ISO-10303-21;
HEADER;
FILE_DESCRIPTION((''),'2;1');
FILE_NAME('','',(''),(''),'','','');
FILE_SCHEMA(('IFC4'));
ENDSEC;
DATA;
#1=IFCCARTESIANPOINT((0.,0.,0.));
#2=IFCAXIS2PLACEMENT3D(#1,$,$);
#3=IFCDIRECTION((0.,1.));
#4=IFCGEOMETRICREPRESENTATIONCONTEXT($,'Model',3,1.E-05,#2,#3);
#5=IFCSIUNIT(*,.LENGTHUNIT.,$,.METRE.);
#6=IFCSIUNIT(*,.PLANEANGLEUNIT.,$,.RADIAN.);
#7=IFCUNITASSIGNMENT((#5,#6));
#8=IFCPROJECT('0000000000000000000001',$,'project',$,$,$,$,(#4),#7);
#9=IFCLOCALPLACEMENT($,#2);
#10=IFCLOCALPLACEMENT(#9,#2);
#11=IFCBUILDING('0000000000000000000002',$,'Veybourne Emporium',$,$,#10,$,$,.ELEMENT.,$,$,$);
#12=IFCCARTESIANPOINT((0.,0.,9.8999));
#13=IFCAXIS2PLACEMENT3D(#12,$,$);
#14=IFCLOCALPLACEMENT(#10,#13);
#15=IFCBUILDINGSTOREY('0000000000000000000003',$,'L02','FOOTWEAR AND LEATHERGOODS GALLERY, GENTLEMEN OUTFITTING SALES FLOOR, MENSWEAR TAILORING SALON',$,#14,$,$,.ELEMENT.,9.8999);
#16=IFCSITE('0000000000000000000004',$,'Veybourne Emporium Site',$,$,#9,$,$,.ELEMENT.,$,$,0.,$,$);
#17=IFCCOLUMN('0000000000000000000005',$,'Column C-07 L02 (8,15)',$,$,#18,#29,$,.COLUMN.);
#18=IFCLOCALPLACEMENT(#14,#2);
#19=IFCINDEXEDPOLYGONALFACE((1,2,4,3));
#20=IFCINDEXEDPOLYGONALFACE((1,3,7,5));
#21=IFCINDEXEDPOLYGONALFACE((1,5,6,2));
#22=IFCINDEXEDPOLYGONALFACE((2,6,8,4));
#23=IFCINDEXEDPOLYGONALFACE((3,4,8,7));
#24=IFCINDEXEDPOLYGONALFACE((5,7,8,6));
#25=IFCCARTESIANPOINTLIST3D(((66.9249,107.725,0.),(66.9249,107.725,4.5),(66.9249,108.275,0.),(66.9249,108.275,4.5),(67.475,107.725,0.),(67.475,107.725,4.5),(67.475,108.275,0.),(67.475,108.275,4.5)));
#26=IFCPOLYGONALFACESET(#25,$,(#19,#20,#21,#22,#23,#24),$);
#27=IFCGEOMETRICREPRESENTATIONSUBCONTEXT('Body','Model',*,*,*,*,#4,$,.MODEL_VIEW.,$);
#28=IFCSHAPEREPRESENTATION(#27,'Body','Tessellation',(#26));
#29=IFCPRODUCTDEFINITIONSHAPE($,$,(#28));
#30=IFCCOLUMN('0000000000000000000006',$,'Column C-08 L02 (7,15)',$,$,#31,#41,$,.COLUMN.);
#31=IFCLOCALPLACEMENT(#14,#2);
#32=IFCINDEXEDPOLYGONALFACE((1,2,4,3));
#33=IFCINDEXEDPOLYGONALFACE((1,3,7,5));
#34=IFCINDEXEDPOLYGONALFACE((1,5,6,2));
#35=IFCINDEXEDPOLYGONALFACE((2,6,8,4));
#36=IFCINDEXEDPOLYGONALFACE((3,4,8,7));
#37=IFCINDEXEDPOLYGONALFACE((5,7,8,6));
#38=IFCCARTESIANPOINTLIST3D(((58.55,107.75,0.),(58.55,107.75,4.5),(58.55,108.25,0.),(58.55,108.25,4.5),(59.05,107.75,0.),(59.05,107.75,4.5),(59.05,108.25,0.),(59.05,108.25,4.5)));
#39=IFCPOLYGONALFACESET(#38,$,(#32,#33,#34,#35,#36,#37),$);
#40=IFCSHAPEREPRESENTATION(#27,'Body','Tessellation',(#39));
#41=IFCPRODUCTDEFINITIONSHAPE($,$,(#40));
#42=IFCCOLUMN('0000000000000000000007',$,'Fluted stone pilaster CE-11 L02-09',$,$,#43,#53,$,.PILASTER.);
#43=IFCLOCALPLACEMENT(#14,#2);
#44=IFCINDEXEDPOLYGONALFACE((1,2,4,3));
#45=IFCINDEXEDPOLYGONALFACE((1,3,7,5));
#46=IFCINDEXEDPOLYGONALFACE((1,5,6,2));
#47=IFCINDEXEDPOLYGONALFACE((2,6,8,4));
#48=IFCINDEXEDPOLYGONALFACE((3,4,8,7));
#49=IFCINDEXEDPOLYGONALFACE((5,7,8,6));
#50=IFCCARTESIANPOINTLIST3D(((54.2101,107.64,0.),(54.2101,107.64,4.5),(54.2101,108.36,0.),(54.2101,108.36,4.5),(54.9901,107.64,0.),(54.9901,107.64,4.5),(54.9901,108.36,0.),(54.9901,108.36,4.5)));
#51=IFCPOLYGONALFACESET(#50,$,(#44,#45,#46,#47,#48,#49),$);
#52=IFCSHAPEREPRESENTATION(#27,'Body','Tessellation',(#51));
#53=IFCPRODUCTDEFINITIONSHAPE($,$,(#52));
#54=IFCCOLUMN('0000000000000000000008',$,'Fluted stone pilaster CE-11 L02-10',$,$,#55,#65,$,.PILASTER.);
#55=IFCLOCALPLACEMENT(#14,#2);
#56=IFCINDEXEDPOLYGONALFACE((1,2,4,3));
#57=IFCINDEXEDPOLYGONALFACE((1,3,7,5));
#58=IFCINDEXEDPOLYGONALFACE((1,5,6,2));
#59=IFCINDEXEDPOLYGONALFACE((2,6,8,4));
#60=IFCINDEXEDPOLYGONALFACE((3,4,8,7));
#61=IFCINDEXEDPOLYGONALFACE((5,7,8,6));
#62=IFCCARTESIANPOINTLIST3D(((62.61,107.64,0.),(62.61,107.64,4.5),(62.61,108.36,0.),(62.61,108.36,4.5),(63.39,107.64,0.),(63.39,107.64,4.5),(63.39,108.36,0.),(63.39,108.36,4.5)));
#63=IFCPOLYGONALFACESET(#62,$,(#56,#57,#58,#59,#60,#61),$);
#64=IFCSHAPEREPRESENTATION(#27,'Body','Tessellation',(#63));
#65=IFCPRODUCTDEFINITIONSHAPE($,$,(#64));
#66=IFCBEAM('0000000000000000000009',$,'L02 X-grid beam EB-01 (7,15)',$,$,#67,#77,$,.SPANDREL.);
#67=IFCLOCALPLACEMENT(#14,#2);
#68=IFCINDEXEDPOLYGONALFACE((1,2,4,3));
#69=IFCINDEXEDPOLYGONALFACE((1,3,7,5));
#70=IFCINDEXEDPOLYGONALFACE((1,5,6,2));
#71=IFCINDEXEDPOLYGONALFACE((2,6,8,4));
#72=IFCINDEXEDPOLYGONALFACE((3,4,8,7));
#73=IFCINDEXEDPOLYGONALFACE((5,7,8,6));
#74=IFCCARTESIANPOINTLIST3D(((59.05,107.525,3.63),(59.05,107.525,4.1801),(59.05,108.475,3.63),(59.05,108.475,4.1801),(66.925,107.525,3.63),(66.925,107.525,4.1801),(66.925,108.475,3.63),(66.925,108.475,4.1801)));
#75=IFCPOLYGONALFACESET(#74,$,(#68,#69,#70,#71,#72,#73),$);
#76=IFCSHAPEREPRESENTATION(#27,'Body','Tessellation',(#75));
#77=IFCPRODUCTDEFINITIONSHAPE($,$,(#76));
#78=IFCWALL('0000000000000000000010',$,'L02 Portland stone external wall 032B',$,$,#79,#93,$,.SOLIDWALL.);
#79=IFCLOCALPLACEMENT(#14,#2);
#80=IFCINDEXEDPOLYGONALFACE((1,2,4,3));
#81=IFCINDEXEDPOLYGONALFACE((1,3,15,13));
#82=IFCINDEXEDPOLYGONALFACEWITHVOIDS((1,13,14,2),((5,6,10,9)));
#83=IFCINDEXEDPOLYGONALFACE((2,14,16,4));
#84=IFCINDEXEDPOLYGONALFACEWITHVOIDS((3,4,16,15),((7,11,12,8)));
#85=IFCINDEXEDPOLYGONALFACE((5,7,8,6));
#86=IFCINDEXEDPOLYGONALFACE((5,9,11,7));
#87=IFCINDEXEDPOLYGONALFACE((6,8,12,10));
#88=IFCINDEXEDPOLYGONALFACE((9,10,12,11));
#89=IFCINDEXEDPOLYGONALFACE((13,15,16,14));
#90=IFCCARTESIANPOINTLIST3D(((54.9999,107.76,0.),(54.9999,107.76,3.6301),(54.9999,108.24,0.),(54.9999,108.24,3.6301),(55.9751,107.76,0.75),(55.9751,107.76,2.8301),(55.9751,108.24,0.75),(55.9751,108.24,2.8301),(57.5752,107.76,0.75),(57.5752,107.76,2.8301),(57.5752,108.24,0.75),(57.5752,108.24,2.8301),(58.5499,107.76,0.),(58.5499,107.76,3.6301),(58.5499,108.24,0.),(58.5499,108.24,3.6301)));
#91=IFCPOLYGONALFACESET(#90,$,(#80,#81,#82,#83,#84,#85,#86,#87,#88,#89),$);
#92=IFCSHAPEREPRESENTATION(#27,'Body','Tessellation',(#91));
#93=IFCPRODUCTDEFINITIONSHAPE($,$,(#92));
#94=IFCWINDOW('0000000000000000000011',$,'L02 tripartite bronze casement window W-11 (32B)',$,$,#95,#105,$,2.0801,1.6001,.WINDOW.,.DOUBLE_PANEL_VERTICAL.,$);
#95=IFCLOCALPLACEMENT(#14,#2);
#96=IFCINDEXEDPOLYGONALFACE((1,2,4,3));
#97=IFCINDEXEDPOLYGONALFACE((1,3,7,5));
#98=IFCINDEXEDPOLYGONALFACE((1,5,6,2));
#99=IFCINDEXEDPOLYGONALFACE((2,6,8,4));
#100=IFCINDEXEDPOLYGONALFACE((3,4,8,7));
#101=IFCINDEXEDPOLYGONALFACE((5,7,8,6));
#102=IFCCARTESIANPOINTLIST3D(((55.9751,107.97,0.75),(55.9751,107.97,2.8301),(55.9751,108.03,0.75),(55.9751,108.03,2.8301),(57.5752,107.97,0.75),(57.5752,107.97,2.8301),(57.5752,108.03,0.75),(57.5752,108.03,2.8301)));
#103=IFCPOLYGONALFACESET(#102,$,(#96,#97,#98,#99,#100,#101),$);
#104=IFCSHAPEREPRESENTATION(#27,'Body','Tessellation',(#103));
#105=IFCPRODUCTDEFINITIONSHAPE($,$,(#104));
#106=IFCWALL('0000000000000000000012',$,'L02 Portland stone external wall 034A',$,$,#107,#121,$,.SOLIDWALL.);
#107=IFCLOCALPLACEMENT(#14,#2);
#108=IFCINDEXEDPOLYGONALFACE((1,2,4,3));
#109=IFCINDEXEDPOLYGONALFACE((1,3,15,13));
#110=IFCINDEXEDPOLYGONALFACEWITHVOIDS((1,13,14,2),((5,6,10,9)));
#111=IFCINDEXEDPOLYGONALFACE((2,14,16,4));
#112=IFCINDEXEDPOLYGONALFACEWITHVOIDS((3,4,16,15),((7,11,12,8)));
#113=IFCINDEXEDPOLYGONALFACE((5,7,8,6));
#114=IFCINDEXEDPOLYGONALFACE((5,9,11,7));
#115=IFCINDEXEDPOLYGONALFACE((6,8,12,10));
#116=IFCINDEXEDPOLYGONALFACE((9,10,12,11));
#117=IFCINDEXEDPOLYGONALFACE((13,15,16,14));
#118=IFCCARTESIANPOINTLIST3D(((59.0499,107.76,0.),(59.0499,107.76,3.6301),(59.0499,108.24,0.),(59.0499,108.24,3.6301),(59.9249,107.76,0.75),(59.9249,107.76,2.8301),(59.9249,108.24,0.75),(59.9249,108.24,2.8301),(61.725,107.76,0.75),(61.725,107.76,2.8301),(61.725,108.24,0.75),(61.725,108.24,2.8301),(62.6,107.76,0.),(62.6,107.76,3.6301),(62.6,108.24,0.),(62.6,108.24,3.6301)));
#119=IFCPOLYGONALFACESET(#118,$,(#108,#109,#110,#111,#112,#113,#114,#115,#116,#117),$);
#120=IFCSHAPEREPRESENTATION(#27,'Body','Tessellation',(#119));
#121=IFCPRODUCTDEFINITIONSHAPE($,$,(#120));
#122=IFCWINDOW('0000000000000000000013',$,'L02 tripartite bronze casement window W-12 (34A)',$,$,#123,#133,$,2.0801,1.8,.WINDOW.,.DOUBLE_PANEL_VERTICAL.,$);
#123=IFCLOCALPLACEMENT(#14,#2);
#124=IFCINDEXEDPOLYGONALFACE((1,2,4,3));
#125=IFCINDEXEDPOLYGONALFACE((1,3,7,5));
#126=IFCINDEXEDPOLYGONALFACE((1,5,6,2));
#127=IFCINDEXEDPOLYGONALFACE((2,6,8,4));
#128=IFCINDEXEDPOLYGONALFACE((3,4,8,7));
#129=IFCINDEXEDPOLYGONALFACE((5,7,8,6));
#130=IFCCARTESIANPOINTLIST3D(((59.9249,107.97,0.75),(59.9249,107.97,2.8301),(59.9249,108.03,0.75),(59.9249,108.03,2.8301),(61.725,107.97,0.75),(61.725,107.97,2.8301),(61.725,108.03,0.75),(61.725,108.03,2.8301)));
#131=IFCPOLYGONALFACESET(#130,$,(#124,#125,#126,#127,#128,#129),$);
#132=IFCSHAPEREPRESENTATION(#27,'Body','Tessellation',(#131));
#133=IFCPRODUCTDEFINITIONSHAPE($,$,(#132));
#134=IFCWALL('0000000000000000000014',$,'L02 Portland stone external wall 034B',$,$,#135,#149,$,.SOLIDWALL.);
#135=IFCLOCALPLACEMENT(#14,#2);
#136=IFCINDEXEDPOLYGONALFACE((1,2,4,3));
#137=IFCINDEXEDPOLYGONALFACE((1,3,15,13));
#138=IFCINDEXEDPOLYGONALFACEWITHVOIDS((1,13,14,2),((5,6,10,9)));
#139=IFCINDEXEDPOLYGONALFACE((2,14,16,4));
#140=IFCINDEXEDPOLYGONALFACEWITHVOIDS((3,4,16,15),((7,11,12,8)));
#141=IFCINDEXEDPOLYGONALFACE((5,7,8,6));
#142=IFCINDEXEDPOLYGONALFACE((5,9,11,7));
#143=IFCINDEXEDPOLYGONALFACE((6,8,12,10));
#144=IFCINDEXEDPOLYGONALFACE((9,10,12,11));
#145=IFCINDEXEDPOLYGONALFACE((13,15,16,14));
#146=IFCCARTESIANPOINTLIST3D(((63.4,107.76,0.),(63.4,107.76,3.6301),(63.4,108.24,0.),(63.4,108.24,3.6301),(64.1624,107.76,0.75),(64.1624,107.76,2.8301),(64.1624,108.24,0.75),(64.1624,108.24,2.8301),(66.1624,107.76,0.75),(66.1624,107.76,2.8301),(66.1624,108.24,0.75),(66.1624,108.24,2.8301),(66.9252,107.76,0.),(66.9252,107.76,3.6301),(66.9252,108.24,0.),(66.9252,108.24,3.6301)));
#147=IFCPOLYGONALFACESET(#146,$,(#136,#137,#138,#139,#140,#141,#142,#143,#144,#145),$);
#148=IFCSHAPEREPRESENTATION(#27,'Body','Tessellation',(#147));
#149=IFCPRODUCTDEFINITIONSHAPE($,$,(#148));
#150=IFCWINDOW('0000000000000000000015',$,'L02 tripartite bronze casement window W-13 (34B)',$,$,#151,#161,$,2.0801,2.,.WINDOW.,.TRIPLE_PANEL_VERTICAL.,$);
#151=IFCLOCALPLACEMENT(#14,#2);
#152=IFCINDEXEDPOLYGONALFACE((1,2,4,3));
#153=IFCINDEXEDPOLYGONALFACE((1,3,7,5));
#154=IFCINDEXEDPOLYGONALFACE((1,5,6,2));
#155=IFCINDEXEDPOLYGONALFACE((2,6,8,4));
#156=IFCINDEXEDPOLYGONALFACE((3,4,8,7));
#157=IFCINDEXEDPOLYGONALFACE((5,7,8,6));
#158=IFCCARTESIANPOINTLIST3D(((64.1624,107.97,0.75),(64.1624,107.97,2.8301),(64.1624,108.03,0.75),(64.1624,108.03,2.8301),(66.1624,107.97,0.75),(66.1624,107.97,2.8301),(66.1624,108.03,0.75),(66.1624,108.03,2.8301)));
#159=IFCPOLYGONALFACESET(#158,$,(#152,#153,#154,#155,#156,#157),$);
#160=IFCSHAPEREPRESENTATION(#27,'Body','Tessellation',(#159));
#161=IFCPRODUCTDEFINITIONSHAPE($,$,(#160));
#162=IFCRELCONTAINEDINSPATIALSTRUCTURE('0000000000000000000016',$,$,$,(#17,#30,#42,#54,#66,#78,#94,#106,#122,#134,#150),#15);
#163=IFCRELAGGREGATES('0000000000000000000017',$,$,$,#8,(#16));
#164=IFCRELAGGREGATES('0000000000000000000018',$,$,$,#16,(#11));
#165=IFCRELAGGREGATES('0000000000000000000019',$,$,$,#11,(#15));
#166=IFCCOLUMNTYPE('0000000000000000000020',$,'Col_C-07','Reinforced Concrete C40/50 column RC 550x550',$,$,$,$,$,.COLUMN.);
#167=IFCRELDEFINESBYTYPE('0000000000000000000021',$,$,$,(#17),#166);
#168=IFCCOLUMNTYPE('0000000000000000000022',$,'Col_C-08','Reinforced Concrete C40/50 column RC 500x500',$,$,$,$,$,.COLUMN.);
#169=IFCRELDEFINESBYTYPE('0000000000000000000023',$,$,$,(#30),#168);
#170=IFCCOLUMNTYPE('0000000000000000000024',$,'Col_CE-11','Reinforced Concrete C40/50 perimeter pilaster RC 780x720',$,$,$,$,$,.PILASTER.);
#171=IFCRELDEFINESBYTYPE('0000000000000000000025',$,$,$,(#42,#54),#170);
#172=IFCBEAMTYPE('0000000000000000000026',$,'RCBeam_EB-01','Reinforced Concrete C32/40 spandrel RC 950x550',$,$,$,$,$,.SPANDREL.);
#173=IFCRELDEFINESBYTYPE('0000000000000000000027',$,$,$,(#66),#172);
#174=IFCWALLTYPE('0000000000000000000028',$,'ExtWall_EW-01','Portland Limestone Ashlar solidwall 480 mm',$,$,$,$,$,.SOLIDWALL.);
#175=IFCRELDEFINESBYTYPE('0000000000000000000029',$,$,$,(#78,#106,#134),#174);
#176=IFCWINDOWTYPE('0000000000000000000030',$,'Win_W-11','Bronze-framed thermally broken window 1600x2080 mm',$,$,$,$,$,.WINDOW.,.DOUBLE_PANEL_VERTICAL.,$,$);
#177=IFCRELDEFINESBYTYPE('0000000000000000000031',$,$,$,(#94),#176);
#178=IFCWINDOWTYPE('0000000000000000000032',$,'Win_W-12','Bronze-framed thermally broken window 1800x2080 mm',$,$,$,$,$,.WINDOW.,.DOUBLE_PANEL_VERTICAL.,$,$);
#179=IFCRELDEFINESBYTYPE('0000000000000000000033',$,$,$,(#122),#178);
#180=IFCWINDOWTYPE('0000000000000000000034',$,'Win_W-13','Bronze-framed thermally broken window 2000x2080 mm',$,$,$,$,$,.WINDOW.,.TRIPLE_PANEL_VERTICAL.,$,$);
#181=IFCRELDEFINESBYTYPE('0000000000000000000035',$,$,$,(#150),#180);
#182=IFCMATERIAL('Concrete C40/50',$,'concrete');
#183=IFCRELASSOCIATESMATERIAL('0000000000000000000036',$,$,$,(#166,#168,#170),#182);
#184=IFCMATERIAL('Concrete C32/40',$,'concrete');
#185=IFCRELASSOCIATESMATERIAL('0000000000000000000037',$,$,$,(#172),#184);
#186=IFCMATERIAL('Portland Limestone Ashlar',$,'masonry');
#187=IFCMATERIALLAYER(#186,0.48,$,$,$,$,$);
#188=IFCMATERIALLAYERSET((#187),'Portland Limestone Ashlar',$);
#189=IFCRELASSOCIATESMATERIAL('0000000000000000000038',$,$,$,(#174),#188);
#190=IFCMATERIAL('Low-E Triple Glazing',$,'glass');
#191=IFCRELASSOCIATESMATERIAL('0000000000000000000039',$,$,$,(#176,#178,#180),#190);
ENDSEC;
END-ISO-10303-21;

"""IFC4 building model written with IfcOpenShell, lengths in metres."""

from ifc_helpers import new_model, si_unit, direction, frame, frame_2d, origin, origin_2d, place, context, subcontext, project, spatial, rectangle, extrude, material, layer, layer_set, material_profile, profile_set, type_object, element, fill, save


model = new_model("IFC4")

# Units and contexts
model_context = context("Model", 3, precision=1e-05, world=origin(), true_north=direction((0.0, 1.0)))
body_context = subcontext(model_context, "Body", "Model", "MODEL_VIEW")
ifc_project = project(units=[si_unit("LENGTHUNIT", "METRE"), si_unit("PLANEANGLEUNIT", "RADIAN")], contexts=[model_context])

# Site, building, storey
site_placement = place(None, origin())
site = spatial("IfcSite", under=ifc_project, at=site_placement, Name="Veybourne Emporium Site", CompositionType="ELEMENT", RefElevation=0.0)
building_placement = place(site_placement, origin())
building = spatial("IfcBuilding", under=site, at=building_placement, Name="Veybourne Emporium", CompositionType="ELEMENT")
storey_placement = place(building_placement, frame((0.0, 0.0, 9.8999)))
storey = spatial("IfcBuildingStorey", under=building, at=storey_placement, Name="L02", Description="FOOTWEAR AND LEATHERGOODS GALLERY, GENTLEMEN OUTFITTING SALES FLOOR, MENSWEAR TAILORING SALON", CompositionType="ELEMENT", Elevation=9.8999)

# Columns
ifc_material_1 = material(Name="Concrete C40/50", Category="concrete")
ifc_material_profile_1 = material_profile(ifc_material_1, rectangle(XDim=0.55, YDim=0.55, at=origin_2d()), Name="RC 550x550")
ifc_profile_set_1 = profile_set([ifc_material_profile_1], Name="Concrete C40/50")
column_type_1 = type_object("IfcColumnType", Name="Col_C-07", Description="Reinforced Concrete C40/50 column RC 550x550", PredefinedType="COLUMN", material=ifc_profile_set_1)
column_1_placement = place(storey_placement, frame((67.2, 108.0, 0.0), z_axis=(0.0, 0.0, 1.0), x_axis=(1.0, 0.0, 0.0)))
element("IfcColumn", 1, at=column_1_placement, inside=storey, type_object=column_type_1, Name="Column C-07 L02 (8,15)", PredefinedType="COLUMN", context=body_context, shape_type="SweptSolid", body=[
    extrude(rectangle(XDim=0.55, YDim=0.55, at=origin_2d()), origin(), (0.0, 0.0, 1.0), 4.5),
])
ifc_material_profile_2 = material_profile(ifc_material_1, rectangle(XDim=0.5, YDim=0.5, at=origin_2d()), Name="RC 500x500")
ifc_profile_set_2 = profile_set([ifc_material_profile_2], Name="Concrete C40/50")
column_type_2 = type_object("IfcColumnType", Name="Col_C-08", Description="Reinforced Concrete C40/50 column RC 500x500", PredefinedType="COLUMN", material=ifc_profile_set_2)
column_2_placement = place(storey_placement, frame((58.8, 108.0, 0.0), z_axis=(0.0, 0.0, 1.0), x_axis=(1.0, 0.0, 0.0)))
element("IfcColumn", 2, at=column_2_placement, inside=storey, type_object=column_type_2, Name="Column C-08 L02 (7,15)", PredefinedType="COLUMN", context=body_context, shape_type="SweptSolid", body=[
    extrude(rectangle(XDim=0.5, YDim=0.5, at=origin_2d()), origin(), (0.0, 0.0, 1.0), 4.5),
])
ifc_material_profile_3 = material_profile(ifc_material_1, rectangle(XDim=0.78, YDim=0.72, at=origin_2d()), Name="RC 780x720")
ifc_profile_set_3 = profile_set([ifc_material_profile_3], Name="Concrete C40/50")
column_type_3 = type_object("IfcColumnType", Name="Col_CE-11", Description="Reinforced Concrete C40/50 perimeter pilaster RC 780x720", PredefinedType="PILASTER", material=ifc_profile_set_3)
for number, where, z_axis, x_axis, name in (
    (3, (54.6001, 108.0, 0.0), (0.0, 0.0, 1.0), (1.0, 0.0, 0.0), "Fluted stone pilaster CE-11 L02-09"),
    (4, (63.0, 108.0, 0.0), (0.0, 0.0, 1.0), (1.0, 0.0, 0.0), "Fluted stone pilaster CE-11 L02-10"),
):
    element("IfcColumn", number, at=place(storey_placement, frame(where, z_axis=z_axis, x_axis=x_axis)), inside=storey, type_object=column_type_3, Name=name, PredefinedType="PILASTER", context=body_context, shape_type="SweptSolid", body=[
        extrude(rectangle(XDim=0.78, YDim=0.72, at=origin_2d()), origin(), (0.0, 0.0, 1.0), 4.5),
    ])

# Beam
ifc_material_2 = material(Name="Concrete C32/40", Category="concrete")
ifc_material_profile_4 = material_profile(ifc_material_2, rectangle(XDim=0.95, YDim=0.55, at=origin_2d()), Name="RC 950x550")
ifc_profile_set_4 = profile_set([ifc_material_profile_4], Name="Concrete C32/40")
beam_type = type_object("IfcBeamType", Name="RCBeam_EB-01", Description="Reinforced Concrete C32/40 spandrel RC 950x550", PredefinedType="SPANDREL", material=ifc_profile_set_4)
beam_placement = place(storey_placement, frame((59.05, 108.0, 3.905), z_axis=(1.0, 0.0, 0.0), x_axis=(0.0, 1.0, 0.0)))
element("IfcBeam", 5, at=beam_placement, inside=storey, type_object=beam_type, Name="L02 X-grid beam EB-01 (7,15)", PredefinedType="SPANDREL", context=body_context, shape_type="SweptSolid", body=[
    extrude(rectangle(XDim=0.95, YDim=0.55, at=origin_2d()), origin(), (0.0, 0.0, 1.0), 7.875),
])

# Walls, openings, windows
ifc_material_3 = material(Name="Portland Limestone Ashlar", Category="masonry")
ifc_layer_1 = layer(ifc_material_3, 0.48)
ifc_layer_set_1 = layer_set([ifc_layer_1], Name="Portland Limestone Ashlar")
wall_type_1 = type_object("IfcWallType", Name="ExtWall_EW-01", Description="Portland Limestone Ashlar solidwall 480 mm", PredefinedType="SOLIDWALL", material=ifc_layer_set_1)
wall_1_placement = place(storey_placement, frame((55.0, 108.0, 0.0), z_axis=(0.0, 0.0, 1.0), x_axis=(1.0, 0.0, 0.0)))
wall_1 = element("IfcWall", 6, at=wall_1_placement, inside=storey, type_object=wall_type_1, Name="L02 Portland stone external wall 032B", PredefinedType="SOLIDWALL", context=body_context, shape_type="SweptSolid", body=[
    extrude(rectangle(XDim=3.55, YDim=0.48, at=frame_2d((1.7749, 0.0))), origin(), (0.0, 0.0, 1.0), 3.6301),
])
opening_1_placement = place(wall_1_placement, frame((0.9751, 0.0, 0.75)))
opening_1 = element("IfcOpeningElement", 7, at=opening_1_placement, cuts=wall_1, PredefinedType="OPENING", context=body_context, shape_type="SweptSolid", body=[
    extrude(rectangle(XDim=1.6001, YDim=2.0801, at=frame_2d((0.8, 1.04))), frame((0.0, 0.26, 0.0), z_axis=(0.0, -1.0, 0.0), x_axis=(1.0, 0.0, 0.0)), (0.0, 0.0, 1.0), 0.52),
])
ifc_material_4 = material(Name="Low-E Triple Glazing", Category="glass")
window_type_1 = type_object("IfcWindowType", Name="Win_W-11", Description="Bronze-framed thermally broken window 1600x2080 mm", PartitioningType="DOUBLE_PANEL_VERTICAL", PredefinedType="WINDOW", material=ifc_material_4)
window_1_placement = place(opening_1_placement, origin())
window_1 = element("IfcWindow", 8, at=window_1_placement, inside=storey, type_object=window_type_1, Name="L02 tripartite bronze casement window W-11 (32B)", OverallHeight=2.0801, OverallWidth=1.6001, PartitioningType="DOUBLE_PANEL_VERTICAL", PredefinedType="WINDOW", context=body_context, shape_type="SweptSolid", body=[
    extrude(rectangle(XDim=1.6001, YDim=2.0801, at=frame_2d((0.8, 1.04))), frame((0.0, 0.03, 0.0), z_axis=(0.0, -1.0, 0.0), x_axis=(1.0, 0.0, 0.0)), (0.0, 0.0, 1.0), 0.0601),
])
fill(opening_1, window_1)
wall_2_placement = place(storey_placement, frame((59.05, 108.0, 0.0), z_axis=(0.0, 0.0, 1.0), x_axis=(1.0, 0.0, 0.0)))
wall_2 = element("IfcWall", 9, at=wall_2_placement, inside=storey, type_object=wall_type_1, Name="L02 Portland stone external wall 034A", PredefinedType="SOLIDWALL", context=body_context, shape_type="SweptSolid", body=[
    extrude(rectangle(XDim=3.55, YDim=0.48, at=frame_2d((1.7749, 0.0))), origin(), (0.0, 0.0, 1.0), 3.6301),
])
opening_2_placement = place(wall_2_placement, frame((0.875, 0.0, 0.75)))
opening_2 = element("IfcOpeningElement", 10, at=opening_2_placement, cuts=wall_2, PredefinedType="OPENING", context=body_context, shape_type="SweptSolid", body=[
    extrude(rectangle(XDim=1.8, YDim=2.0801, at=frame_2d((0.8999, 1.04))), frame((0.0, 0.26, 0.0), z_axis=(0.0, -1.0, 0.0), x_axis=(1.0, 0.0, 0.0)), (0.0, 0.0, 1.0), 0.52),
])
window_type_2 = type_object("IfcWindowType", Name="Win_W-12", Description="Bronze-framed thermally broken window 1800x2080 mm", PartitioningType="DOUBLE_PANEL_VERTICAL", PredefinedType="WINDOW", material=ifc_material_4)
window_2_placement = place(opening_2_placement, origin())
window_2 = element("IfcWindow", 11, at=window_2_placement, inside=storey, type_object=window_type_2, Name="L02 tripartite bronze casement window W-12 (34A)", OverallHeight=2.0801, OverallWidth=1.8, PartitioningType="DOUBLE_PANEL_VERTICAL", PredefinedType="WINDOW", context=body_context, shape_type="SweptSolid", body=[
    extrude(rectangle(XDim=1.8, YDim=2.0801, at=frame_2d((0.8999, 1.04))), frame((0.0, 0.03, 0.0), z_axis=(0.0, -1.0, 0.0), x_axis=(1.0, 0.0, 0.0)), (0.0, 0.0, 1.0), 0.0601),
])
fill(opening_2, window_2)
wall_3_placement = place(storey_placement, frame((63.3999, 108.0, 0.0), z_axis=(0.0, 0.0, 1.0), x_axis=(1.0, 0.0, 0.0)))
wall_3 = element("IfcWall", 12, at=wall_3_placement, inside=storey, type_object=wall_type_1, Name="L02 Portland stone external wall 034B", PredefinedType="SOLIDWALL", context=body_context, shape_type="SweptSolid", body=[
    extrude(rectangle(XDim=3.5251, YDim=0.48, at=frame_2d((1.7627, 0.0))), origin(), (0.0, 0.0, 1.0), 3.6301),
])
opening_3_placement = place(wall_3_placement, frame((0.7625, 0.0, 0.75)))
opening_3 = element("IfcOpeningElement", 13, at=opening_3_placement, cuts=wall_3, PredefinedType="OPENING", context=body_context, shape_type="SweptSolid", body=[
    extrude(rectangle(XDim=2.0, YDim=2.0801, at=frame_2d((1.0, 1.04))), frame((0.0, 0.26, 0.0), z_axis=(0.0, -1.0, 0.0), x_axis=(1.0, 0.0, 0.0)), (0.0, 0.0, 1.0), 0.52),
])
window_type_3 = type_object("IfcWindowType", Name="Win_W-13", Description="Bronze-framed thermally broken window 2000x2080 mm", PartitioningType="TRIPLE_PANEL_VERTICAL", PredefinedType="WINDOW", material=ifc_material_4)
window_3_placement = place(opening_3_placement, origin())
window_3 = element("IfcWindow", 14, at=window_3_placement, inside=storey, type_object=window_type_3, Name="L02 tripartite bronze casement window W-13 (34B)", OverallHeight=2.0801, OverallWidth=2.0, PartitioningType="TRIPLE_PANEL_VERTICAL", PredefinedType="WINDOW", context=body_context, shape_type="SweptSolid", body=[
    extrude(rectangle(XDim=2.0, YDim=2.0801, at=frame_2d((1.0, 1.04))), frame((0.0, 0.03, 0.0), z_axis=(0.0, -1.0, 0.0), x_axis=(1.0, 0.0, 0.0)), (0.0, 0.0, 1.0), 0.0601),
])
fill(opening_3, window_3)

save(model, "model.ifc")
